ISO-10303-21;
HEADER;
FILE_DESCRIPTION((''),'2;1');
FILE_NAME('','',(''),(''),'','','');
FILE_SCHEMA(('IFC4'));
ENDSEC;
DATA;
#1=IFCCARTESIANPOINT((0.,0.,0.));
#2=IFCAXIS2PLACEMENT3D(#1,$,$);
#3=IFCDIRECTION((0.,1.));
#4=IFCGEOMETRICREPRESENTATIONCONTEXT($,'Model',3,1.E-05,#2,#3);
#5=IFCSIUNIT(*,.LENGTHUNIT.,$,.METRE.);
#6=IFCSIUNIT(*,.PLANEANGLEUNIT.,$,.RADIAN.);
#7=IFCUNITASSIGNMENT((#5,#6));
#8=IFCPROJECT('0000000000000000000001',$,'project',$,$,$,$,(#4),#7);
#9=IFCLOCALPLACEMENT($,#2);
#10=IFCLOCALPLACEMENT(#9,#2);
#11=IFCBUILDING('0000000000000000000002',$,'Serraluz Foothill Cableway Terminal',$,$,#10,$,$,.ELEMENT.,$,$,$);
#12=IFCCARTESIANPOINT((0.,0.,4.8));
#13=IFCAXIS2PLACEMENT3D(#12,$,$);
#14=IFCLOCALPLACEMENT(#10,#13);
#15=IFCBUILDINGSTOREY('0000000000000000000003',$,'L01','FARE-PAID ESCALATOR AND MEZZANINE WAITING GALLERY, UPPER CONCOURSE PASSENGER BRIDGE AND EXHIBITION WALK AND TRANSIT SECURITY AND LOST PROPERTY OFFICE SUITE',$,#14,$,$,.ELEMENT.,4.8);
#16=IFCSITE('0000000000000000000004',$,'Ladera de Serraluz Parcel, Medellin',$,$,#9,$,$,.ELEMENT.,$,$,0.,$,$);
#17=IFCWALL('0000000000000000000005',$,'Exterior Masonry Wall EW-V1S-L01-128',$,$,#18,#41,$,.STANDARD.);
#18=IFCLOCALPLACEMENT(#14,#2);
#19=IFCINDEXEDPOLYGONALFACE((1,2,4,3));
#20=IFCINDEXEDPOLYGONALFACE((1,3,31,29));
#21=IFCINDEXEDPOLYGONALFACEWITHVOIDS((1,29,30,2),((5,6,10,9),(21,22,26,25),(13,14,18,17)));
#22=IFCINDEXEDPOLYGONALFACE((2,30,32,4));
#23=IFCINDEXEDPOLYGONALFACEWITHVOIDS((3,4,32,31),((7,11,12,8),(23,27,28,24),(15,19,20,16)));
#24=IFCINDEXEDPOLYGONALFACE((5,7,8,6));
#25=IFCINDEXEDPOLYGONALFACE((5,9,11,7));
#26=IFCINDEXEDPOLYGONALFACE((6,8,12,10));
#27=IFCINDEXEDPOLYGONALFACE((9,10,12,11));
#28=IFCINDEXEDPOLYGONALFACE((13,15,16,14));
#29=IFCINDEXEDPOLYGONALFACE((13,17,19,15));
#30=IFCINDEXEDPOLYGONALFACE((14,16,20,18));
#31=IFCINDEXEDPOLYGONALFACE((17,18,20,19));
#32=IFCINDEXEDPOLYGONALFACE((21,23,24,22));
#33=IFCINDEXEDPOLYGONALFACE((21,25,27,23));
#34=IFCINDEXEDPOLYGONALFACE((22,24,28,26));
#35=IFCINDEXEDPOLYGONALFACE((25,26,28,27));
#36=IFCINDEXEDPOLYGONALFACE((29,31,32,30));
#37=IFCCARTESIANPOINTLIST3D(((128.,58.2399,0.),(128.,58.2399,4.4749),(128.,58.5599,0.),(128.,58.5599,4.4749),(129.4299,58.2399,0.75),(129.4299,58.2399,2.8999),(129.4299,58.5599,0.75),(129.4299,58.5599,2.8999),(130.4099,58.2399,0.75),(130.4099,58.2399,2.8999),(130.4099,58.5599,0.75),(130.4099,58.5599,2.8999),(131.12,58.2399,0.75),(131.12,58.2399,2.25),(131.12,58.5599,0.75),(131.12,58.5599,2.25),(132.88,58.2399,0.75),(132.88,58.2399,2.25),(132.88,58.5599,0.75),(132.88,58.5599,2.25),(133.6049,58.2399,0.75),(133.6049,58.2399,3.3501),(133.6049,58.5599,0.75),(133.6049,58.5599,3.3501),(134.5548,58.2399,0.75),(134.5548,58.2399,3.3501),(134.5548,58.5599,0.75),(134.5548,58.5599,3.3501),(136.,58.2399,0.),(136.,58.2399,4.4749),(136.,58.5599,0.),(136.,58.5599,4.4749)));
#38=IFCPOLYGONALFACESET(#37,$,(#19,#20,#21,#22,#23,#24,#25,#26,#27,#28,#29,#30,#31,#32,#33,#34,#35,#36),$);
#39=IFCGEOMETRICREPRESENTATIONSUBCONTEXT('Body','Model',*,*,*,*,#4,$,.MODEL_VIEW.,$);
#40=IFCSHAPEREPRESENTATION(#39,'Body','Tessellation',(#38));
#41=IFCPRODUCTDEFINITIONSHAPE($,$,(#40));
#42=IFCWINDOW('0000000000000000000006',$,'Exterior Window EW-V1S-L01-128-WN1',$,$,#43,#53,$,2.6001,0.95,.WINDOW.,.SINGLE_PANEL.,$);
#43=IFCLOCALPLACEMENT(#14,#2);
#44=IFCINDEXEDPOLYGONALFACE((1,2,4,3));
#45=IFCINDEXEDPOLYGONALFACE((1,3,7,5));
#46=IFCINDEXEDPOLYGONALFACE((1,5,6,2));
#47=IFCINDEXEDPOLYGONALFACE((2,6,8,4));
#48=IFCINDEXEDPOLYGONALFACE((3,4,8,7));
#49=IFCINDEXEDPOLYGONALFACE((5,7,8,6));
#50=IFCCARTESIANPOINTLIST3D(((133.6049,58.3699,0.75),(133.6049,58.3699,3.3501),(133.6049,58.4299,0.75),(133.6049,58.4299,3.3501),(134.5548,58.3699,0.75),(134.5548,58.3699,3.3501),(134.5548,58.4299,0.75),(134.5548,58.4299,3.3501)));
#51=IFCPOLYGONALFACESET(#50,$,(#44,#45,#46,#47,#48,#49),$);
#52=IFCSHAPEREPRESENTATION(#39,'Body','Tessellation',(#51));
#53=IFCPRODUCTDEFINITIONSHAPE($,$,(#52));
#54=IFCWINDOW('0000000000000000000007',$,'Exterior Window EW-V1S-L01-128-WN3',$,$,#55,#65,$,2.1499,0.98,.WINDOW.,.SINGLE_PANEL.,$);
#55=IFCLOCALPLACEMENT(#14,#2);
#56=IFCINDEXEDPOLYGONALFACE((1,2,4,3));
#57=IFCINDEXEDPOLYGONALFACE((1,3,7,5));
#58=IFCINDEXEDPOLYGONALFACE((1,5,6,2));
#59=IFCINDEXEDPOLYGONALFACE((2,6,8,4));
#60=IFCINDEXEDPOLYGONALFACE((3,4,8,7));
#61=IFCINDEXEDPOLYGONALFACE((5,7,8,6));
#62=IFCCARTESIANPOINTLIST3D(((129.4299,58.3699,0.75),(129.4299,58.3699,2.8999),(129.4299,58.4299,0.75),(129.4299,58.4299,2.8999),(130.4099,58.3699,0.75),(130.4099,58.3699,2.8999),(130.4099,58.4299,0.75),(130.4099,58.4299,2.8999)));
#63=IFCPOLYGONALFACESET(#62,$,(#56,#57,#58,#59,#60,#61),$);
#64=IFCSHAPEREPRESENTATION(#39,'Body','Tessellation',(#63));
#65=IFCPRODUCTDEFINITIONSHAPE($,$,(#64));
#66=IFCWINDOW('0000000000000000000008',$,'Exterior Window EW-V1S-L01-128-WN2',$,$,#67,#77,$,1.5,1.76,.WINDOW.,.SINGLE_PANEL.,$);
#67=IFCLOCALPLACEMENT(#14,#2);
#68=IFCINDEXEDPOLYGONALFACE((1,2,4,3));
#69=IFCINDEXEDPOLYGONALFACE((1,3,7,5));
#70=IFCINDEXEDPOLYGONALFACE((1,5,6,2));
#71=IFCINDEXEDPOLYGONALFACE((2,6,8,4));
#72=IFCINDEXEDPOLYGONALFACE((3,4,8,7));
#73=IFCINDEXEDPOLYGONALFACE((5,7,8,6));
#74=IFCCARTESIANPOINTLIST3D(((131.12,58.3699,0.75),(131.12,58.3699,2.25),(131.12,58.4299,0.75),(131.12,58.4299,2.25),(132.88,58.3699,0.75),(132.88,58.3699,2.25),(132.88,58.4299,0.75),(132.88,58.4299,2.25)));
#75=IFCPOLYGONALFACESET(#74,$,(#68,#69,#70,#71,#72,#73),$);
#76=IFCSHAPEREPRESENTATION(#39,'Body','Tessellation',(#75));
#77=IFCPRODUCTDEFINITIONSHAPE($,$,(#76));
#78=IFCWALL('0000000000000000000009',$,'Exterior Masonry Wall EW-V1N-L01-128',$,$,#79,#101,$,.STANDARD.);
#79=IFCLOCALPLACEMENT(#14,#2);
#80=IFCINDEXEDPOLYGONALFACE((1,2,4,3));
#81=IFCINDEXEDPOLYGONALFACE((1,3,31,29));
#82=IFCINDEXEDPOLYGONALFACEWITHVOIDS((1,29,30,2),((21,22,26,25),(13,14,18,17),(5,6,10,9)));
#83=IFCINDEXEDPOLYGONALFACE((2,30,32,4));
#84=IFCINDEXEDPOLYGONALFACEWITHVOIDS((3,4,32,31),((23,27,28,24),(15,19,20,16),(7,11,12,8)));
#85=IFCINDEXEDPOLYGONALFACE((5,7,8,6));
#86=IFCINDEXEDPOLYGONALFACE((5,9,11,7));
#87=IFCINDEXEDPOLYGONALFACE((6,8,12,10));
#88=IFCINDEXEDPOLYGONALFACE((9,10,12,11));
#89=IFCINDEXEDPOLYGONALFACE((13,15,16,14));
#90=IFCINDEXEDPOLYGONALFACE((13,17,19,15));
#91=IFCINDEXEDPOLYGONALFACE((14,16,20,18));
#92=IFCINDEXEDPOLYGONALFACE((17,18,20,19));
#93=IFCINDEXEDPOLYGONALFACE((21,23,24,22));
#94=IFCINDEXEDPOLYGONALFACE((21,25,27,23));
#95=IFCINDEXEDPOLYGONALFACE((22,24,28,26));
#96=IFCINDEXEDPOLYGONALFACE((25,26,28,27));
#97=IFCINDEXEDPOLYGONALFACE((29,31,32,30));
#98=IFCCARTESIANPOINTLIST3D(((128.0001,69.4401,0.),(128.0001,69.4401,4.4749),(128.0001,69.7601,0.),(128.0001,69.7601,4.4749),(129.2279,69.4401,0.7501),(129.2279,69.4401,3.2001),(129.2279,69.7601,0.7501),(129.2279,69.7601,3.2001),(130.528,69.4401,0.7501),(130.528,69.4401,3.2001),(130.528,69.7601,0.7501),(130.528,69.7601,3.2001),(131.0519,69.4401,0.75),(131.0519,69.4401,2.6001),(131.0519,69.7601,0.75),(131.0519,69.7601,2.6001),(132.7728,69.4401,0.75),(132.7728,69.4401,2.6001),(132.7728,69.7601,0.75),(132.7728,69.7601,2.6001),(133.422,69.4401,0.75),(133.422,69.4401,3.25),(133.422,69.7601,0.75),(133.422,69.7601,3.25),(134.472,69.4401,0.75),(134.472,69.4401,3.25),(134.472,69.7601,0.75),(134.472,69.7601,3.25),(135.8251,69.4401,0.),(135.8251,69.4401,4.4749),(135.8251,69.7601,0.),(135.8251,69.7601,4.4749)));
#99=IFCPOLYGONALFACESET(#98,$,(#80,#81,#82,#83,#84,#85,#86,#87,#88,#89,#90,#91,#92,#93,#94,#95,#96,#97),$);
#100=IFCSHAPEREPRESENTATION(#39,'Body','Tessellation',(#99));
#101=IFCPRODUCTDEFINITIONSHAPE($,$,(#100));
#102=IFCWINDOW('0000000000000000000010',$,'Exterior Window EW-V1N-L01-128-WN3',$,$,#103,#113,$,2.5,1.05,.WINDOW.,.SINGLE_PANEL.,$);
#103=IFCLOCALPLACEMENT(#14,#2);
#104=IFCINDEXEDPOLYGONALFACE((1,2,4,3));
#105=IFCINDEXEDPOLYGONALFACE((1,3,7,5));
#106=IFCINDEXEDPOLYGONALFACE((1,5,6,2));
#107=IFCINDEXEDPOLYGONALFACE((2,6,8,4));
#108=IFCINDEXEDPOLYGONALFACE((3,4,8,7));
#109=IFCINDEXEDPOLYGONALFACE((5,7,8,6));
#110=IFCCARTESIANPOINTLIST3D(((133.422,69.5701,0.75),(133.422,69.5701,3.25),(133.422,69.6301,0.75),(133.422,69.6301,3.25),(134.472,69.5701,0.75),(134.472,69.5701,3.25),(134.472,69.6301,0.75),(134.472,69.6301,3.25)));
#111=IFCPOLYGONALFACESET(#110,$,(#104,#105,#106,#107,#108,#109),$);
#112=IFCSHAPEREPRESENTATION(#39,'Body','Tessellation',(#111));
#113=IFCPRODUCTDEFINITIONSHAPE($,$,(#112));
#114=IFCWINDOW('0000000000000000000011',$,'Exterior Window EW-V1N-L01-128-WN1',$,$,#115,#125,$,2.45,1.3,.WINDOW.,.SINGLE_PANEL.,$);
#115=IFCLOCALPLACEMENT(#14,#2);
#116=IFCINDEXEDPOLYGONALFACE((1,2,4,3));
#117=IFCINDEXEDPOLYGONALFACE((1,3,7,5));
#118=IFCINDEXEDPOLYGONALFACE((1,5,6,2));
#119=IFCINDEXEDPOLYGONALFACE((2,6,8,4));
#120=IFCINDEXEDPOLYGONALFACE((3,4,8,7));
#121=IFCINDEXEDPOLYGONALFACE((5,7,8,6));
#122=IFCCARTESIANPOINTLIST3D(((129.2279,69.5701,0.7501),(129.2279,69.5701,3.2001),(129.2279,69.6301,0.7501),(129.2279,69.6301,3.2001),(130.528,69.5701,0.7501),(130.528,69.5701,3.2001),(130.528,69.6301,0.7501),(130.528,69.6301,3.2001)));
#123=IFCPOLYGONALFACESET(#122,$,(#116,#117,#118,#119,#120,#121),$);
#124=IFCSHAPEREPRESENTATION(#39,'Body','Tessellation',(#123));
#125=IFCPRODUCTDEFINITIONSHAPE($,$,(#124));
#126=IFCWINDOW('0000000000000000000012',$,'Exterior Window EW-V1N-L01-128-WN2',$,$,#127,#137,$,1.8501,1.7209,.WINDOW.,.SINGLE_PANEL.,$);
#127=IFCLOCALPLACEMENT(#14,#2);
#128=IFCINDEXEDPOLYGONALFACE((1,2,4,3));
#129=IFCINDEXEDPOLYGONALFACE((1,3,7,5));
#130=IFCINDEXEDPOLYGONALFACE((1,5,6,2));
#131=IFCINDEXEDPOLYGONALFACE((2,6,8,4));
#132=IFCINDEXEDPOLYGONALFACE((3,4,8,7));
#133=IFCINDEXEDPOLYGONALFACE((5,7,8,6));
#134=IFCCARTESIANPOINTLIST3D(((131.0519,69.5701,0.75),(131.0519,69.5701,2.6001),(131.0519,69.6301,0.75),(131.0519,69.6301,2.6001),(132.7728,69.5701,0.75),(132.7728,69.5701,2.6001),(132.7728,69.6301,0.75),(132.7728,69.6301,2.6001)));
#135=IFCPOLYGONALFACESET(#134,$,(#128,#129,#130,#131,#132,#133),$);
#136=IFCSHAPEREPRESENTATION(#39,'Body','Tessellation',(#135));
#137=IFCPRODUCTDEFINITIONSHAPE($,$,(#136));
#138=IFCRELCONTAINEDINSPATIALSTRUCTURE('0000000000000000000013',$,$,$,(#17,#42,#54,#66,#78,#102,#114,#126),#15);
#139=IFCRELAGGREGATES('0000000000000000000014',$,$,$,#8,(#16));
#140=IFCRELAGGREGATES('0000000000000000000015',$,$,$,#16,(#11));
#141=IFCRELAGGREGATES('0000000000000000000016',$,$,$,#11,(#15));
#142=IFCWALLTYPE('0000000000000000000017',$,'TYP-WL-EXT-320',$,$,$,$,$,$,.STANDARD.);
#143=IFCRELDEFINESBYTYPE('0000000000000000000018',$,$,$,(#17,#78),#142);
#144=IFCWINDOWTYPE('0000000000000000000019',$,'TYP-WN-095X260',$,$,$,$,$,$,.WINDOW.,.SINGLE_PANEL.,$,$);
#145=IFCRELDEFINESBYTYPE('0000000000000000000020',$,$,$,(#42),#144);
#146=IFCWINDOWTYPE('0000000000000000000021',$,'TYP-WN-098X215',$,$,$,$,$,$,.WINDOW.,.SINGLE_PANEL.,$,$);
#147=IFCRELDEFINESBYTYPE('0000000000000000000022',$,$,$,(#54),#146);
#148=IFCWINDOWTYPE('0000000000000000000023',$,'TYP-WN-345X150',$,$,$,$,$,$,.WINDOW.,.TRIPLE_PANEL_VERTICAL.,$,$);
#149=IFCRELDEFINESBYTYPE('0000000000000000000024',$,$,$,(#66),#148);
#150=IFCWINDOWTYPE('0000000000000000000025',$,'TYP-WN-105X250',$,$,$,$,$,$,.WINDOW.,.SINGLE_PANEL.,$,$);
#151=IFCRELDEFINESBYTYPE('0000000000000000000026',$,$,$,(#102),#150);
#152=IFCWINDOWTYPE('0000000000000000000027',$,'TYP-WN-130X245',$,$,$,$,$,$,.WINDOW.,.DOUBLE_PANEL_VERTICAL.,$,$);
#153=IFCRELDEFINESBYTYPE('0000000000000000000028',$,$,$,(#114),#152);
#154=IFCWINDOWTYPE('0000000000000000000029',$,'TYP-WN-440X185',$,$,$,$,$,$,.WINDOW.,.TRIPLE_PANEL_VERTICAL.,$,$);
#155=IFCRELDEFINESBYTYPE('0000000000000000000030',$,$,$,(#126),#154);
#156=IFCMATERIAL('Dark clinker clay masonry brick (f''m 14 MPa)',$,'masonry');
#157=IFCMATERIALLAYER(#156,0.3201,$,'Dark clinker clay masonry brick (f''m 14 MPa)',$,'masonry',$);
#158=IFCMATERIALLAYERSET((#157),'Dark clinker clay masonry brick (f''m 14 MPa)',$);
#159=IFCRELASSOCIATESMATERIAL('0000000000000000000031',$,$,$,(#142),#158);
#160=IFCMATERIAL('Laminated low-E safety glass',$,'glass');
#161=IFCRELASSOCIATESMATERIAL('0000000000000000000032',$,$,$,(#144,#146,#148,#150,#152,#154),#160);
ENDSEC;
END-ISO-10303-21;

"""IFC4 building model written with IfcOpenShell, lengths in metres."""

from ifc_helpers import new_model, si_unit, direction, frame, frame_2d, origin, place, context, subcontext, project, spatial, rectangle, extrude, material, layer, layer_set, type_object, element, fill, save


model = new_model("IFC4")

# Units and contexts
model_context = context("Model", 3, precision=1e-05, world=origin(), true_north=direction((0.0, 1.0)))
body_context = subcontext(model_context, "Body", "Model", "MODEL_VIEW")
ifc_project = project(units=[si_unit("LENGTHUNIT", "METRE"), si_unit("PLANEANGLEUNIT", "RADIAN")], contexts=[model_context])

# Site, building, storey
site_placement = place(None, origin())
site = spatial("IfcSite", under=ifc_project, at=site_placement, Name="Ladera de Serraluz Parcel, Medellin", CompositionType="ELEMENT", RefElevation=0.0)
building_placement = place(site_placement, origin())
building = spatial("IfcBuilding", under=site, at=building_placement, Name="Serraluz Foothill Cableway Terminal", CompositionType="ELEMENT")
storey_placement = place(building_placement, frame((0.0, 0.0, 4.8)))
storey = spatial("IfcBuildingStorey", under=building, at=storey_placement, Name="L01", Description="FARE-PAID ESCALATOR AND MEZZANINE WAITING GALLERY, UPPER CONCOURSE PASSENGER BRIDGE AND EXHIBITION WALK AND TRANSIT SECURITY AND LOST PROPERTY OFFICE SUITE", CompositionType="ELEMENT", Elevation=4.8)

# Shared definitions
ifc_material_1 = material(Name="Dark clinker clay masonry brick (f'm 14 MPa)", Category="masonry")

# Shared definitions
ifc_layer = layer(ifc_material_1, 0.3201, Name="Dark clinker clay masonry brick (f'm 14 MPa)", Category="masonry")
ifc_layer_set = layer_set([ifc_layer], Name="Dark clinker clay masonry brick (f'm 14 MPa)")
wall_type = type_object("IfcWallType", Name="TYP-WL-EXT-320", PredefinedType="STANDARD", material=ifc_layer_set)

# Walls, openings, windows
wall_1_placement = place(storey_placement, frame((136.0, 58.3999, 0.0), z_axis=(0.0, 0.0, 1.0), x_axis=(-1.0, 0.0, 0.0)))
wall_1 = element("IfcWall", 1, at=wall_1_placement, inside=storey, type_object=wall_type, Name="Exterior Masonry Wall EW-V1S-L01-128", PredefinedType="STANDARD", context=body_context, shape_type="SweptSolid", body=[
    extrude(rectangle(XDim=8.0, YDim=0.3201, at=frame_2d((4.0, 0.0))), origin(), (0.0, 0.0, 1.0), 4.4749),
])
opening_1_placement = place(wall_1_placement, frame((1.4451, 0.0, 0.75)))
opening_1 = element("IfcOpeningElement", 2, at=opening_1_placement, cuts=wall_1, PredefinedType="OPENING", context=body_context, shape_type="SweptSolid", body=[
    extrude(rectangle(XDim=0.95, YDim=2.6001, at=frame_2d((0.4751, 1.3))), frame((0.0, 0.1699, 0.0), z_axis=(0.0, -1.0, 0.0), x_axis=(1.0, 0.0, 0.0)), (0.0, 0.0, 1.0), 0.3401),
])
opening_2_placement = place(wall_1_placement, frame((3.1201, 0.0, 0.75)))
opening_2 = element("IfcOpeningElement", 3, at=opening_2_placement, cuts=wall_1, PredefinedType="OPENING", context=body_context, shape_type="SweptSolid", body=[
    extrude(rectangle(XDim=1.76, YDim=1.5, at=frame_2d((0.8799, 0.75))), frame((0.0, 0.1699, 0.0), z_axis=(0.0, -1.0, 0.0), x_axis=(1.0, 0.0, 0.0)), (0.0, 0.0, 1.0), 0.3401),
])
opening_3_placement = place(wall_1_placement, frame((5.5901, 0.0, 0.75)))
opening_3 = element("IfcOpeningElement", 4, at=opening_3_placement, cuts=wall_1, PredefinedType="OPENING", context=body_context, shape_type="SweptSolid", body=[
    extrude(rectangle(XDim=0.98, YDim=2.1499, at=frame_2d((0.49, 1.075))), frame((0.0, 0.1699, 0.0), z_axis=(0.0, -1.0, 0.0), x_axis=(1.0, 0.0, 0.0)), (0.0, 0.0, 1.0), 0.3401),
])
ifc_material_2 = material(Name="Laminated low-E safety glass", Category="glass")
window_type_1 = type_object("IfcWindowType", Name="TYP-WN-095X260", PartitioningType="SINGLE_PANEL", PredefinedType="WINDOW", material=ifc_material_2)
window_1_placement = place(opening_1_placement, origin())
window_1 = element("IfcWindow", 5, at=window_1_placement, inside=storey, type_object=window_type_1, Name="Exterior Window EW-V1S-L01-128-WN1", OverallHeight=2.6001, OverallWidth=0.95, PartitioningType="SINGLE_PANEL", PredefinedType="WINDOW", context=body_context, shape_type="SweptSolid", body=[
    extrude(rectangle(XDim=0.95, YDim=2.6001, at=frame_2d((0.4751, 1.3))), frame((0.0, 0.03, 0.0), z_axis=(0.0, -1.0, 0.0), x_axis=(1.0, 0.0, 0.0)), (0.0, 0.0, 1.0), 0.0601),
])
fill(opening_1, window_1)
window_type_2 = type_object("IfcWindowType", Name="TYP-WN-098X215", PartitioningType="SINGLE_PANEL", PredefinedType="WINDOW", material=ifc_material_2)
window_2_placement = place(opening_3_placement, origin())
window_2 = element("IfcWindow", 6, at=window_2_placement, inside=storey, type_object=window_type_2, Name="Exterior Window EW-V1S-L01-128-WN3", OverallHeight=2.1499, OverallWidth=0.98, PartitioningType="SINGLE_PANEL", PredefinedType="WINDOW", context=body_context, shape_type="SweptSolid", body=[
    extrude(rectangle(XDim=0.98, YDim=2.1499, at=frame_2d((0.49, 1.075))), frame((0.0, 0.03, 0.0), z_axis=(0.0, -1.0, 0.0), x_axis=(1.0, 0.0, 0.0)), (0.0, 0.0, 1.0), 0.0601),
])
fill(opening_3, window_2)
window_type_3 = type_object("IfcWindowType", Name="TYP-WN-345X150", PartitioningType="TRIPLE_PANEL_VERTICAL", PredefinedType="WINDOW", material=ifc_material_2)
window_3_placement = place(opening_2_placement, origin())
window_3 = element("IfcWindow", 7, at=window_3_placement, inside=storey, type_object=window_type_3, Name="Exterior Window EW-V1S-L01-128-WN2", OverallHeight=1.5, OverallWidth=1.76, PartitioningType="SINGLE_PANEL", PredefinedType="WINDOW", context=body_context, shape_type="SweptSolid", body=[
    extrude(rectangle(XDim=1.76, YDim=1.5, at=frame_2d((0.8799, 0.75))), frame((0.0, 0.03, 0.0), z_axis=(0.0, -1.0, 0.0), x_axis=(1.0, 0.0, 0.0)), (0.0, 0.0, 1.0), 0.0601),
])
fill(opening_2, window_3)
wall_2_placement = place(storey_placement, frame((128.0, 69.6001, 0.0), z_axis=(0.0, 0.0, 1.0), x_axis=(1.0, 0.0, 0.0)))
wall_2 = element("IfcWall", 8, at=wall_2_placement, inside=storey, type_object=wall_type, Name="Exterior Masonry Wall EW-V1N-L01-128", PredefinedType="STANDARD", context=body_context, shape_type="SweptSolid", body=[
    extrude(rectangle(XDim=7.825, YDim=0.3201, at=frame_2d((3.9126, 0.0))), origin(), (0.0, 0.0, 1.0), 4.4749),
])
opening_4_placement = place(wall_2_placement, frame((1.228, 0.0, 0.75)))
opening_4 = element("IfcOpeningElement", 9, at=opening_4_placement, cuts=wall_2, PredefinedType="OPENING", context=body_context, shape_type="SweptSolid", body=[
    extrude(rectangle(XDim=1.3, YDim=2.45, at=frame_2d((0.6499, 1.2251))), frame((0.0, 0.1699, 0.0), z_axis=(0.0, -1.0, 0.0), x_axis=(1.0, 0.0, 0.0)), (0.0, 0.0, 1.0), 0.3401),
])
opening_5_placement = place(wall_2_placement, frame((3.052, 0.0, 0.75)))
opening_5 = element("IfcOpeningElement", 10, at=opening_5_placement, cuts=wall_2, PredefinedType="OPENING", context=body_context, shape_type="SweptSolid", body=[
    extrude(rectangle(XDim=1.7209, YDim=1.8501, at=frame_2d((0.8604, 0.925))), frame((0.0, 0.1699, 0.0), z_axis=(0.0, -1.0, 0.0), x_axis=(1.0, 0.0, 0.0)), (0.0, 0.0, 1.0), 0.3401),
])
opening_6_placement = place(wall_2_placement, frame((5.4221, 0.0, 0.75)))
opening_6 = element("IfcOpeningElement", 11, at=opening_6_placement, cuts=wall_2, PredefinedType="OPENING", context=body_context, shape_type="SweptSolid", body=[
    extrude(rectangle(XDim=1.05, YDim=2.5, at=frame_2d((0.5249, 1.25))), frame((0.0, 0.1699, 0.0), z_axis=(0.0, -1.0, 0.0), x_axis=(1.0, 0.0, 0.0)), (0.0, 0.0, 1.0), 0.3401),
])
window_type_4 = type_object("IfcWindowType", Name="TYP-WN-105X250", PartitioningType="SINGLE_PANEL", PredefinedType="WINDOW", material=ifc_material_2)
window_4_placement = place(opening_6_placement, origin())
window_4 = element("IfcWindow", 12, at=window_4_placement, inside=storey, type_object=window_type_4, Name="Exterior Window EW-V1N-L01-128-WN3", OverallHeight=2.5, OverallWidth=1.05, PartitioningType="SINGLE_PANEL", PredefinedType="WINDOW", context=body_context, shape_type="SweptSolid", body=[
    extrude(rectangle(XDim=1.05, YDim=2.5, at=frame_2d((0.5249, 1.25))), frame((0.0, 0.03, 0.0), z_axis=(0.0, -1.0, 0.0), x_axis=(1.0, 0.0, 0.0)), (0.0, 0.0, 1.0), 0.0601),
])
fill(opening_6, window_4)
window_type_5 = type_object("IfcWindowType", Name="TYP-WN-130X245", PartitioningType="DOUBLE_PANEL_VERTICAL", PredefinedType="WINDOW", material=ifc_material_2)
window_5_placement = place(opening_4_placement, origin())
window_5 = element("IfcWindow", 13, at=window_5_placement, inside=storey, type_object=window_type_5, Name="Exterior Window EW-V1N-L01-128-WN1", OverallHeight=2.45, OverallWidth=1.3, PartitioningType="SINGLE_PANEL", PredefinedType="WINDOW", context=body_context, shape_type="SweptSolid", body=[
    extrude(rectangle(XDim=1.3, YDim=2.45, at=frame_2d((0.6499, 1.2251))), frame((0.0, 0.03, 0.0), z_axis=(0.0, -1.0, 0.0), x_axis=(1.0, 0.0, 0.0)), (0.0, 0.0, 1.0), 0.0601),
])
fill(opening_4, window_5)
window_type_6 = type_object("IfcWindowType", Name="TYP-WN-440X185", PartitioningType="TRIPLE_PANEL_VERTICAL", PredefinedType="WINDOW", material=ifc_material_2)
window_6_placement = place(opening_5_placement, origin())
window_6 = element("IfcWindow", 14, at=window_6_placement, inside=storey, type_object=window_type_6, Name="Exterior Window EW-V1N-L01-128-WN2", OverallHeight=1.8501, OverallWidth=1.7209, PartitioningType="SINGLE_PANEL", PredefinedType="WINDOW", context=body_context, shape_type="SweptSolid", body=[
    extrude(rectangle(XDim=1.7209, YDim=1.8501, at=frame_2d((0.8604, 0.925))), frame((0.0, 0.03, 0.0), z_axis=(0.0, -1.0, 0.0), x_axis=(1.0, 0.0, 0.0)), (0.0, 0.0, 1.0), 0.0601),
])
fill(opening_5, window_6)

save(model, "model.ifc")
